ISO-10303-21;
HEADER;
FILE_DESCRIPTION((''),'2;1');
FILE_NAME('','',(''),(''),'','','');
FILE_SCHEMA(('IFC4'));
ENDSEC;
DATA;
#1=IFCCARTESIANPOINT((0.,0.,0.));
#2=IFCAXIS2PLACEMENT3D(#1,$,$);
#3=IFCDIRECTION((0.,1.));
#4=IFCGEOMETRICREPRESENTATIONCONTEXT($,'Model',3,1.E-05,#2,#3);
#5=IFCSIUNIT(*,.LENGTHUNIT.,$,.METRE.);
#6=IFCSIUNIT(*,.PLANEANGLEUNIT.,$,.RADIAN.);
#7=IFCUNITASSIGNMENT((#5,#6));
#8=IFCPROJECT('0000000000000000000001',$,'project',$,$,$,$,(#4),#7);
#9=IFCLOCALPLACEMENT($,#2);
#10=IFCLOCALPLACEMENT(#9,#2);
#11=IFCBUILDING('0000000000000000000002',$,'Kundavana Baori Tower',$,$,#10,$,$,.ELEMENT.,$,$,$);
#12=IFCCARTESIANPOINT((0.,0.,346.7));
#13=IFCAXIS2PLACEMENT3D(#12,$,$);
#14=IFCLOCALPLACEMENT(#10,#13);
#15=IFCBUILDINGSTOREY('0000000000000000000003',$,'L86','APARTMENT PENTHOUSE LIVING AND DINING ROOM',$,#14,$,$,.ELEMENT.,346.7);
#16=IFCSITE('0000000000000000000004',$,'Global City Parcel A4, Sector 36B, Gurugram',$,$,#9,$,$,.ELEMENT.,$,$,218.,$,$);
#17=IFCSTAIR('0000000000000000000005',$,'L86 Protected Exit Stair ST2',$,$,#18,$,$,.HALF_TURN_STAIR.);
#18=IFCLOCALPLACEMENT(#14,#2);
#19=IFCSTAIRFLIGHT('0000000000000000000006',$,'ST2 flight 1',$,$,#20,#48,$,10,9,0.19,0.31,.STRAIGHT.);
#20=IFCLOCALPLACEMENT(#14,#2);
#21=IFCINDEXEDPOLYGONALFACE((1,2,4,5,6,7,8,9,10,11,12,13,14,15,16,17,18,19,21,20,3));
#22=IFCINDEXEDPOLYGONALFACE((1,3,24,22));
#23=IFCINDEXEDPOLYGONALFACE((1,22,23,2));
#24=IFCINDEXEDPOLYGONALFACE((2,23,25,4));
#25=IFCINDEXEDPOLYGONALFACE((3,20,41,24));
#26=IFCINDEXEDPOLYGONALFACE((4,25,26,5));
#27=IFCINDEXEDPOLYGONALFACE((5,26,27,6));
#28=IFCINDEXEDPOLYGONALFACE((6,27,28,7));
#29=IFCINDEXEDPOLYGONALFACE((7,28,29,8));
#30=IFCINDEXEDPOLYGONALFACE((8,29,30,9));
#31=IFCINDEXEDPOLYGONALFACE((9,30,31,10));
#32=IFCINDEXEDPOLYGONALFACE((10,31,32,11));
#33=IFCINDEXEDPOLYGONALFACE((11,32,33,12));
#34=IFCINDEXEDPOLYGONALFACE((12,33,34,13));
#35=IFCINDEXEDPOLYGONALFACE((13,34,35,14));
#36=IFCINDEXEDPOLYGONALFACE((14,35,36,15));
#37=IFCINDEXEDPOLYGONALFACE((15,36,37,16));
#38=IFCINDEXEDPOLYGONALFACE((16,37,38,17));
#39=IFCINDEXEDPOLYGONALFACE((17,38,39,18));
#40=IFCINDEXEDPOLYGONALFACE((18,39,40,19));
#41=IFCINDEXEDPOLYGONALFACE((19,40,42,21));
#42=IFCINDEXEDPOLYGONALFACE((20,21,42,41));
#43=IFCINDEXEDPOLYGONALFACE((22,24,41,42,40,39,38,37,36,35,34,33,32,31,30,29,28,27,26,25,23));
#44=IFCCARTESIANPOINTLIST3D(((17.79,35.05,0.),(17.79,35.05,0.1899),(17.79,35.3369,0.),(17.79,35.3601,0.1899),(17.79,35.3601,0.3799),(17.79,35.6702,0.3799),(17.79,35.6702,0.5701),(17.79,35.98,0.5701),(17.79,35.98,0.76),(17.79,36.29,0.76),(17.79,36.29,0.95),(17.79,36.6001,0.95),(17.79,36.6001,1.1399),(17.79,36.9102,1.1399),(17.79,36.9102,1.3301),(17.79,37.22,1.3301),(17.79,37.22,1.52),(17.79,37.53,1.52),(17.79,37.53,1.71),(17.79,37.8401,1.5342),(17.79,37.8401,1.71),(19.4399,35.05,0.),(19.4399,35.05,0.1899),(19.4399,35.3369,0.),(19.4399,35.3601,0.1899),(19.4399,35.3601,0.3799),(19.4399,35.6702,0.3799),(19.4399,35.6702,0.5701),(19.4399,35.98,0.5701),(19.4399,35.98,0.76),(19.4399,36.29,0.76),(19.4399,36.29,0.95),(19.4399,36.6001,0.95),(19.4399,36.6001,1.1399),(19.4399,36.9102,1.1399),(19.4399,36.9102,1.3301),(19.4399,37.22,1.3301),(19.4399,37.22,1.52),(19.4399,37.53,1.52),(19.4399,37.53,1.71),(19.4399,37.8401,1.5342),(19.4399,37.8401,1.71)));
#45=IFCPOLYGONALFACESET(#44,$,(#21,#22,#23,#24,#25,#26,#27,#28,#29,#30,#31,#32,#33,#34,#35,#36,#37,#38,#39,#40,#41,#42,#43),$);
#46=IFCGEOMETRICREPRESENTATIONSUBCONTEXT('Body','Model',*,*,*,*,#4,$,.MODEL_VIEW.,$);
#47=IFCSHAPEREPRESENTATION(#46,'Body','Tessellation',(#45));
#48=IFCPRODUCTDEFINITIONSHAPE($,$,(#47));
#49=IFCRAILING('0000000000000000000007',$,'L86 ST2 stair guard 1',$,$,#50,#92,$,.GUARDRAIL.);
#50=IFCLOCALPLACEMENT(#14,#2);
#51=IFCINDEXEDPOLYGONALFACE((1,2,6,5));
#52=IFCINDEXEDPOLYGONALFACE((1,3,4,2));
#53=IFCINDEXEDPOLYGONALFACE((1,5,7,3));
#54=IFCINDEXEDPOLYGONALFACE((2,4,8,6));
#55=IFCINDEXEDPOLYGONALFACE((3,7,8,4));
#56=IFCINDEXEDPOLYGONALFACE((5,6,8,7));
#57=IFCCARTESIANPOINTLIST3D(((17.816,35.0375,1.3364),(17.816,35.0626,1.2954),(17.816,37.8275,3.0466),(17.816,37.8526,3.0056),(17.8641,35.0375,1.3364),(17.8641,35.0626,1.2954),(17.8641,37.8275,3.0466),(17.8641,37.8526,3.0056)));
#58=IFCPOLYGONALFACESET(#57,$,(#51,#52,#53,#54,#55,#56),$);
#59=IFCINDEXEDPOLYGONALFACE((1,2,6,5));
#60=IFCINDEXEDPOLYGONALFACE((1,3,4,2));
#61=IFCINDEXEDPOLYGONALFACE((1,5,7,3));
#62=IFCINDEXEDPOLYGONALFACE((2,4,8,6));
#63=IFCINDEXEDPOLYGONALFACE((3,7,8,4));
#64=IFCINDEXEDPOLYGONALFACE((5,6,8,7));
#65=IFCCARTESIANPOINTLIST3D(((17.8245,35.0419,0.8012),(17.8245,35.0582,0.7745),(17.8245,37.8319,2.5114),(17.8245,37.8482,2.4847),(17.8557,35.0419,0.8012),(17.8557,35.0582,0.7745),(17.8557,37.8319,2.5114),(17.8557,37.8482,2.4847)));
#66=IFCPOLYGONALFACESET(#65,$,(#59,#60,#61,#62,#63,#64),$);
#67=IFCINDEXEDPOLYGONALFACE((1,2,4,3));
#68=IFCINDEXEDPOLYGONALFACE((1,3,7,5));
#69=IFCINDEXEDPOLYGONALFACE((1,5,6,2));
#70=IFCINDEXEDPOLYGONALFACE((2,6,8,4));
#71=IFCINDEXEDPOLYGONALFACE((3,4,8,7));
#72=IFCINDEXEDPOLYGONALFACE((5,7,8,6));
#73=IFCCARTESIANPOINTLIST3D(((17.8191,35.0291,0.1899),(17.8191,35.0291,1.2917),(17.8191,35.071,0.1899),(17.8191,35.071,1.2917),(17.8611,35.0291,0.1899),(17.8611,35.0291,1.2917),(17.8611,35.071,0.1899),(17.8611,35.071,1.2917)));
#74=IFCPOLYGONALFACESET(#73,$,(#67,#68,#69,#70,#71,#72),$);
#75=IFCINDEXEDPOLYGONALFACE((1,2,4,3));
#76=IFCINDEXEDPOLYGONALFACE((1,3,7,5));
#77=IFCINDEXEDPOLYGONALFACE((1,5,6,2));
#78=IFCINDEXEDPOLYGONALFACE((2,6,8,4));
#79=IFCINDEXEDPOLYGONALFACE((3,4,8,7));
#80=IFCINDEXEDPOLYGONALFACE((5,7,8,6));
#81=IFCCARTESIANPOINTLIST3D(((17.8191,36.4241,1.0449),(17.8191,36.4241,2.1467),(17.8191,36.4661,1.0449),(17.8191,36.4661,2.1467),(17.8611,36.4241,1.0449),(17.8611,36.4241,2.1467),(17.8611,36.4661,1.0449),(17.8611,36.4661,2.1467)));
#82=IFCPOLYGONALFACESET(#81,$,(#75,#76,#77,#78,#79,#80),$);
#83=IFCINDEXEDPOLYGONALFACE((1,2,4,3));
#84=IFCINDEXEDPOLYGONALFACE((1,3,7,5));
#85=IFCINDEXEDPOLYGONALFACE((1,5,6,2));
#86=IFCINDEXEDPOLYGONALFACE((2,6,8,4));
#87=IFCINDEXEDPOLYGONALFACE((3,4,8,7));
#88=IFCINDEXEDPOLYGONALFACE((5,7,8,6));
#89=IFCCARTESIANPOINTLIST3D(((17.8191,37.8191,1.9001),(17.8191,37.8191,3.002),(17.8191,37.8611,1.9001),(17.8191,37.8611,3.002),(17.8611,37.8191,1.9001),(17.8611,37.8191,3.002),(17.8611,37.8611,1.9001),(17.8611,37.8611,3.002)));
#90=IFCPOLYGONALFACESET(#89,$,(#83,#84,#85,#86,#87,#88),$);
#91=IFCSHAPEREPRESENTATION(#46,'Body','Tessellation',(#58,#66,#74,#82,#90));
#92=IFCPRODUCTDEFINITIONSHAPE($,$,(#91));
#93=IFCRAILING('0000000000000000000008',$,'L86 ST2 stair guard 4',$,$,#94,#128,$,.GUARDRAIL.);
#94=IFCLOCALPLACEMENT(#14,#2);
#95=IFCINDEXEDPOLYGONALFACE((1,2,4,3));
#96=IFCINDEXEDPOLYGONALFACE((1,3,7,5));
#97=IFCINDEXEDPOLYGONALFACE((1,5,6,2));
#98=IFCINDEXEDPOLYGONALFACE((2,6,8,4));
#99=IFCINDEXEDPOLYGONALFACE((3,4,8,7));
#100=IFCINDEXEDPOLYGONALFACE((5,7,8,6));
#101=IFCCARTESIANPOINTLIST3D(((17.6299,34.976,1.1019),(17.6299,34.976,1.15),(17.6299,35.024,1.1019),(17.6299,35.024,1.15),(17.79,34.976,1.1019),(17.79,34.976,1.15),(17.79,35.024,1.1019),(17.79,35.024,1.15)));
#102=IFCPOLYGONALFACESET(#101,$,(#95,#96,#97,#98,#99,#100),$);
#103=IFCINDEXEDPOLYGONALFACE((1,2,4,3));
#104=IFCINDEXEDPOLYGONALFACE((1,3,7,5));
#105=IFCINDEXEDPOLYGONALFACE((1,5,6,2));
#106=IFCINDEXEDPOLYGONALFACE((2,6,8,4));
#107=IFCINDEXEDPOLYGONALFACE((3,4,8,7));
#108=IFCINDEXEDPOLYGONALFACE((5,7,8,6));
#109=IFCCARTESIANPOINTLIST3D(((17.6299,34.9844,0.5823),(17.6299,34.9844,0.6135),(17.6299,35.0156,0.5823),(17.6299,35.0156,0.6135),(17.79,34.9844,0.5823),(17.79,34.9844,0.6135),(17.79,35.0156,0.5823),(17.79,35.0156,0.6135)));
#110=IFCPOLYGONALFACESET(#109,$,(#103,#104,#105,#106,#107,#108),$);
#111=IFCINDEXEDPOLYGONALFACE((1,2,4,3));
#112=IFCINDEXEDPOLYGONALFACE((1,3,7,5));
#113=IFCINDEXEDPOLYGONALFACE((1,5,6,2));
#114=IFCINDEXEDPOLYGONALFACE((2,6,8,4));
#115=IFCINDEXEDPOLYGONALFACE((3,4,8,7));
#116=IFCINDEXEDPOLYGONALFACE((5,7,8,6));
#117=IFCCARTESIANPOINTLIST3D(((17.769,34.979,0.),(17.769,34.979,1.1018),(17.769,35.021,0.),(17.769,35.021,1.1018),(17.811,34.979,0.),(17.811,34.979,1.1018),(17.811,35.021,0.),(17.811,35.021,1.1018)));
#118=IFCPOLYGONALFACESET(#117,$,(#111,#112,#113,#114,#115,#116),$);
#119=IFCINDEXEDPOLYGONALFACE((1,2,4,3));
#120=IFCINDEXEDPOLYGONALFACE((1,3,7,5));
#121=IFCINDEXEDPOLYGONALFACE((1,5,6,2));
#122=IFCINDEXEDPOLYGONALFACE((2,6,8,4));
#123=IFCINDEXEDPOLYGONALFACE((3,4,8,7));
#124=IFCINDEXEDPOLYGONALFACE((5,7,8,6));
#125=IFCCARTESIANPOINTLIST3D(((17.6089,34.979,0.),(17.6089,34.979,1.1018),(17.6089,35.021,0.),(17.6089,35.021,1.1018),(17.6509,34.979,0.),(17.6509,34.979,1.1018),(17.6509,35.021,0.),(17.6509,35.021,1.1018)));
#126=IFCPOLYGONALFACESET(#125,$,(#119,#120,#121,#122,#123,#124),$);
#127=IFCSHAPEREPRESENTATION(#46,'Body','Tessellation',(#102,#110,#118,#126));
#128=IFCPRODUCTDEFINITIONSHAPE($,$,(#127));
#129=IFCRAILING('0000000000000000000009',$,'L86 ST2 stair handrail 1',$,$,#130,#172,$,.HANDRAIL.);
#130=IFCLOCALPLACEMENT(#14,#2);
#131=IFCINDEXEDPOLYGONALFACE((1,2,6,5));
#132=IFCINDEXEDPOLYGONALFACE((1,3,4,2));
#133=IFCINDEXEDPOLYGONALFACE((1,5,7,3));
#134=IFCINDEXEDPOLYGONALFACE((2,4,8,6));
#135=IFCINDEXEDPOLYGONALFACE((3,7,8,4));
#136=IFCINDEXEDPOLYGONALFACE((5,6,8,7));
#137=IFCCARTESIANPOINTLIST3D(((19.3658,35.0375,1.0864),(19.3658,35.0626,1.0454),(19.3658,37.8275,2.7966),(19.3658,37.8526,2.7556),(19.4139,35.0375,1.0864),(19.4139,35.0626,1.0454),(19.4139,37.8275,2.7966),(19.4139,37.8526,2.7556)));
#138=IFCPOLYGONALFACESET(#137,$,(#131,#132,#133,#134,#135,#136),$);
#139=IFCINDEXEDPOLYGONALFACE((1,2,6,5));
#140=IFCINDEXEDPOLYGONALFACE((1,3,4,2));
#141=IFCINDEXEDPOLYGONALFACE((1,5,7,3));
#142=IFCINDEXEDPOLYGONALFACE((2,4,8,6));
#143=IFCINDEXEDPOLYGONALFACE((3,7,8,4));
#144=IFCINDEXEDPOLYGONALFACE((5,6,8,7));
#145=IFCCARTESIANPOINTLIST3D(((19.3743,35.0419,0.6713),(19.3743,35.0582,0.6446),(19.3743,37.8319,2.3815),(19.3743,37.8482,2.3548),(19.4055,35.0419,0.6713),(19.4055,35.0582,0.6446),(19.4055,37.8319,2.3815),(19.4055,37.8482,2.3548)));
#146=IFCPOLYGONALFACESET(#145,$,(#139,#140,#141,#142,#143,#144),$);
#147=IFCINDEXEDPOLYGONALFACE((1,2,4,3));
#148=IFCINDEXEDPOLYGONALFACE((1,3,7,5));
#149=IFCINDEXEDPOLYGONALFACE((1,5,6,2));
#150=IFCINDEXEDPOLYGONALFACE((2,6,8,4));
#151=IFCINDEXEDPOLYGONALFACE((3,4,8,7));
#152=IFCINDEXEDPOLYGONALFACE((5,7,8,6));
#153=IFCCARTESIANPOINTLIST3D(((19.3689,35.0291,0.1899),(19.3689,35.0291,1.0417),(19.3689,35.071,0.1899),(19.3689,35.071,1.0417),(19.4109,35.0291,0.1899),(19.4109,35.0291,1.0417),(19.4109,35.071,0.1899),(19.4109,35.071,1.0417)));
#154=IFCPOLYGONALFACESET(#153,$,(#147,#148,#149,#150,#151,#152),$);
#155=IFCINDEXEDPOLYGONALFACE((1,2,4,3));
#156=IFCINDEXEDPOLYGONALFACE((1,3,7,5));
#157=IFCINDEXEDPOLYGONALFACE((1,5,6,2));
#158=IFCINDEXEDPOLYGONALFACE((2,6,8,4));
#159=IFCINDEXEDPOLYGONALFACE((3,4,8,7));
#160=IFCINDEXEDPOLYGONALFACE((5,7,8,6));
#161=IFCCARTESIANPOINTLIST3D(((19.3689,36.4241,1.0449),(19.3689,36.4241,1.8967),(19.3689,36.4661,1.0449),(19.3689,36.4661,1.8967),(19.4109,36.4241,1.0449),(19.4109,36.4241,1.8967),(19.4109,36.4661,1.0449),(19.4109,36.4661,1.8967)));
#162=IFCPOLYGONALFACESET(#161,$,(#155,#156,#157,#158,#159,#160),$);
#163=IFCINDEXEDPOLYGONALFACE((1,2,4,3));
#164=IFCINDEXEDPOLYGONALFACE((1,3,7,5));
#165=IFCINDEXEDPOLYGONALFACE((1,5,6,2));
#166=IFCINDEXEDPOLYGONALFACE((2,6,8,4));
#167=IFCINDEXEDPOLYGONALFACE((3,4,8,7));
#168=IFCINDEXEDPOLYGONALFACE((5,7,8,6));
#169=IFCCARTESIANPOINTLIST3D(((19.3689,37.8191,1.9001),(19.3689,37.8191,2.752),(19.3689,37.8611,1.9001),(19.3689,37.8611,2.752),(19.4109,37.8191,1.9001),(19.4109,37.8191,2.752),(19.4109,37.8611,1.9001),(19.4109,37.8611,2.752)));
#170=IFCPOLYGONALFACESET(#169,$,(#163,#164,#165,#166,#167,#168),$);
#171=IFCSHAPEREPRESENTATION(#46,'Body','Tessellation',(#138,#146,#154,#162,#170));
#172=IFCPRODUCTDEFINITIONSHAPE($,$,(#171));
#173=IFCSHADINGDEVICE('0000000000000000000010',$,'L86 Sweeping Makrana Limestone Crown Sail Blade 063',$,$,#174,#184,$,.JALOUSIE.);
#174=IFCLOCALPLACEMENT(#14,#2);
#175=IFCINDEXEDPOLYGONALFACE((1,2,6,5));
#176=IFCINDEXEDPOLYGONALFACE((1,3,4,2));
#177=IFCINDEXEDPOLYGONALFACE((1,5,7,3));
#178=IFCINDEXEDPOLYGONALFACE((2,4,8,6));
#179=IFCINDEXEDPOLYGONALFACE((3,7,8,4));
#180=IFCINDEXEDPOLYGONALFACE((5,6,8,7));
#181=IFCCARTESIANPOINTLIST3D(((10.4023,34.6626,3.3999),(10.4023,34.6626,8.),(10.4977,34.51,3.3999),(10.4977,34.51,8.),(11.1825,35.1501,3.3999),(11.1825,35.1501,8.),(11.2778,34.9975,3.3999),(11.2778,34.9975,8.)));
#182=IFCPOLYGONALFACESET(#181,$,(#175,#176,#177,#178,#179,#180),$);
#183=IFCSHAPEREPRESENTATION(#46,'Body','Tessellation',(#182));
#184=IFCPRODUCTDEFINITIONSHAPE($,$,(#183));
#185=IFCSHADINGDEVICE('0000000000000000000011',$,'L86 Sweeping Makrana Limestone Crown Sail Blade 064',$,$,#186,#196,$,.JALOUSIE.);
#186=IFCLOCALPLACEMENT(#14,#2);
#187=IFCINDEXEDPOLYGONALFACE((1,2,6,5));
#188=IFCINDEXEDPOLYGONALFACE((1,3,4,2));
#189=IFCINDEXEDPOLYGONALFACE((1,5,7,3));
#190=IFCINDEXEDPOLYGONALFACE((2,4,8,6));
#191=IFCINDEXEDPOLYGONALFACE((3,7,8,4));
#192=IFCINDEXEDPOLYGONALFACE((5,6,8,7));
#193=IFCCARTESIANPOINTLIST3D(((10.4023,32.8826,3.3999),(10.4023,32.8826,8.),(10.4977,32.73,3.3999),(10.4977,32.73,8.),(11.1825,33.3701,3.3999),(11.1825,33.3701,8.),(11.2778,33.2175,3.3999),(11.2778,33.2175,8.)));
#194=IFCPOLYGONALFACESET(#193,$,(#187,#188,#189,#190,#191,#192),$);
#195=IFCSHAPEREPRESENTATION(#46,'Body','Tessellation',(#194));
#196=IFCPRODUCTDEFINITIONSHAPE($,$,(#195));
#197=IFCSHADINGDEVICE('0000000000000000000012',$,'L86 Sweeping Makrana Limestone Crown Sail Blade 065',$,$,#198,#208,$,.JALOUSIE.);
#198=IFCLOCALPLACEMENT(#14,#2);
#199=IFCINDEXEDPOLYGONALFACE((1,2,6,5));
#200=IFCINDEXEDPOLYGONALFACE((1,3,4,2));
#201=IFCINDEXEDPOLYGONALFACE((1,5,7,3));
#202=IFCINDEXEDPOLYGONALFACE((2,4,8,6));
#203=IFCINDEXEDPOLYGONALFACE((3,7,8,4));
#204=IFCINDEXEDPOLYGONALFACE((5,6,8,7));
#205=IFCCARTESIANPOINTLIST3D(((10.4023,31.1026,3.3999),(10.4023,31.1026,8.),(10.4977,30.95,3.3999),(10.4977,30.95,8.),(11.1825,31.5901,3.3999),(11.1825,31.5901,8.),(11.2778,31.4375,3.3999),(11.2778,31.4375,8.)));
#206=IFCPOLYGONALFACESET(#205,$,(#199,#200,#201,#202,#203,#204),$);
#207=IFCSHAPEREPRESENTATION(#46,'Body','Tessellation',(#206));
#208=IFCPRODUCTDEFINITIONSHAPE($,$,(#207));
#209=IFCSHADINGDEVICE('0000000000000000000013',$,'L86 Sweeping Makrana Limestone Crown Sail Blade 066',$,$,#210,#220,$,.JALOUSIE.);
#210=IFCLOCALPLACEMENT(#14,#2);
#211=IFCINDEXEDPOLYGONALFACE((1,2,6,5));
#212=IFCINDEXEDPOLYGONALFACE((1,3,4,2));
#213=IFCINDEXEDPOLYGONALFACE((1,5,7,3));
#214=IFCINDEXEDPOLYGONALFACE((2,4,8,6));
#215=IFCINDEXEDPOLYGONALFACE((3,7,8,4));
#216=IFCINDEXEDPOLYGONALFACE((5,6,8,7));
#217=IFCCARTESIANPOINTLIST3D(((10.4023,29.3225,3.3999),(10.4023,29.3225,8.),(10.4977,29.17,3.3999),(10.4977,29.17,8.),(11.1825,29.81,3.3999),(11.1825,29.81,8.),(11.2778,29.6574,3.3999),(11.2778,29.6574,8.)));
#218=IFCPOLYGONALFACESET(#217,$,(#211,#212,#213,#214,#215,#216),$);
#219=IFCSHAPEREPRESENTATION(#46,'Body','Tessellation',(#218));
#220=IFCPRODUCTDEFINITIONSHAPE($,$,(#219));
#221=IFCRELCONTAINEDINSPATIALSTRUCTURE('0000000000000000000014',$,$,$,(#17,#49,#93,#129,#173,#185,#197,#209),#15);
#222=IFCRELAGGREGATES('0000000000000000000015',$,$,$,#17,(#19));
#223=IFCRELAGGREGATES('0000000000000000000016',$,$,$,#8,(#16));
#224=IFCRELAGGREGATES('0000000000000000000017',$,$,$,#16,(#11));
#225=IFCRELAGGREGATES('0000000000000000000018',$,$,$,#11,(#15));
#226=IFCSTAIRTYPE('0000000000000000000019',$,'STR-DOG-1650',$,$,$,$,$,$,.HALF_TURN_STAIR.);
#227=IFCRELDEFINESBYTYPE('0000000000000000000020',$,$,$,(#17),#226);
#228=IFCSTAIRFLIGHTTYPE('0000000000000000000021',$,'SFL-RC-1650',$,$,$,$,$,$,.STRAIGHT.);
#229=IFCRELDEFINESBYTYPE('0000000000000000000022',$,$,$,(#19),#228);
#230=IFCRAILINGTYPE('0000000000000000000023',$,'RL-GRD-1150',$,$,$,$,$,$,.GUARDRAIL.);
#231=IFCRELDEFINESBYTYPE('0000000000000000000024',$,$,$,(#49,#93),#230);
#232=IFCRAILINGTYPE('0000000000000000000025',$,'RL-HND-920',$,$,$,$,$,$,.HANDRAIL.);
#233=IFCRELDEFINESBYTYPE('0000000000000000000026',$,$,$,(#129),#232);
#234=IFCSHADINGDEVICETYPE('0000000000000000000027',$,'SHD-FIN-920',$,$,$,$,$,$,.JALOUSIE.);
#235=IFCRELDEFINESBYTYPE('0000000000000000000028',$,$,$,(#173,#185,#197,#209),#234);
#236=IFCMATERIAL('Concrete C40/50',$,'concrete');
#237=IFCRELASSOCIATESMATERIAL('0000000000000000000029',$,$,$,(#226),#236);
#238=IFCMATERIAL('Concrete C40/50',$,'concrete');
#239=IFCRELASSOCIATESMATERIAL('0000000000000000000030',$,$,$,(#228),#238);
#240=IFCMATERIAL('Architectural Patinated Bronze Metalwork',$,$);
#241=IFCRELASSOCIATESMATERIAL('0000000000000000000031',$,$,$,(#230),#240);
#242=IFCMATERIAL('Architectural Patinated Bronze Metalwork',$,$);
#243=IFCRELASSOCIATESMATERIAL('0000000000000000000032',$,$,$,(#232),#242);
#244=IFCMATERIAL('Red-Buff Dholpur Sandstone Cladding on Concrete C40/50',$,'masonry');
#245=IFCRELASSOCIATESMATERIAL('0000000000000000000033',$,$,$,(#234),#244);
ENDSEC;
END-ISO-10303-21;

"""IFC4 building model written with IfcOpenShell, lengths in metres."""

from ifc_helpers import new_model, si_unit, direction, frame, origin, origin_2d, place, context, subcontext, project, spatial, polyline, rectangle, outline, extrude, material, type_object, element, aggregate, save


model = new_model("IFC4")

# Units and contexts
model_context = context("Model", 3, precision=1e-05, world=origin(), true_north=direction((0.0, 1.0)))
body_context = subcontext(model_context, "Body", "Model", "MODEL_VIEW")
ifc_project = project(units=[si_unit("LENGTHUNIT", "METRE"), si_unit("PLANEANGLEUNIT", "RADIAN")], contexts=[model_context])

# Site, building, storey
site_placement = place(None, origin())
site = spatial("IfcSite", under=ifc_project, at=site_placement, Name="Global City Parcel A4, Sector 36B, Gurugram", CompositionType="ELEMENT", RefElevation=218.0)
building_placement = place(site_placement, origin())
building = spatial("IfcBuilding", under=site, at=building_placement, Name="Kundavana Baori Tower", CompositionType="ELEMENT")
storey_placement = place(building_placement, frame((0.0, 0.0, 346.7)))
storey = spatial("IfcBuildingStorey", under=building, at=storey_placement, Name="L86", Description="APARTMENT PENTHOUSE LIVING AND DINING ROOM", CompositionType="ELEMENT", Elevation=346.7)

# Stair, stair flight
ifc_material_1 = material(Name="Concrete C40/50", Category="concrete")
stair_type = type_object("IfcStairType", Name="STR-DOG-1650", PredefinedType="HALF_TURN_STAIR", material=ifc_material_1)
stair_placement = place(storey_placement, origin())
stair = element("IfcStair", 1, at=stair_placement, inside=storey, type_object=stair_type, Name="L86 Protected Exit Stair ST2", PredefinedType="HALF_TURN_STAIR")
ifc_material_2 = material(Name="Concrete C40/50", Category="concrete")
stair_flight_type = type_object("IfcStairFlightType", Name="SFL-RC-1650", PredefinedType="STRAIGHT", material=ifc_material_2)
stair_flight_placement = place(storey_placement, frame((18.615, 35.05, 0.0), z_axis=(0.0, 0.0, 1.0), x_axis=(0.0, 1.0, 0.0)))
stair_flight = element("IfcStairFlight", 2, at=stair_flight_placement, type_object=stair_flight_type, Name="ST2 flight 1", NumberOfRisers=10, NumberOfTreads=9, PredefinedType="STRAIGHT", RiserHeight=0.19, TreadLength=0.31, context=body_context, shape_type="SweptSolid", body=[
    extrude(outline(polyline([(0.0, 0.0), (0.0, 0.1899), (0.3101, 0.1899), (0.3101, 0.3799), (0.6201, 0.3799), (0.6201, 0.5701), (0.9299, 0.5701), (0.9299, 0.76), (1.24, 0.76), (1.24, 0.95), (1.55, 0.95), (1.55, 1.1399), (1.8601, 1.1399), (1.8601, 1.3301), (2.1699, 1.3301), (2.1699, 1.52), (2.48, 1.52), (2.48, 1.71), (2.79, 1.71), (2.79, 1.8999), (2.79, 1.5342), (0.2869, 0.0), (0.0, 0.0)])), frame((0.0, 0.825, 0.0), z_axis=(0.0, -1.0, 0.0), x_axis=(1.0, 0.0, 0.0)), (0.0, 0.0, 1.0), 1.6499),
])
aggregate(stair, [stair_flight])

# Railings
ifc_material_3 = material(Name="Architectural Patinated Bronze Metalwork")
railing_type_1 = type_object("IfcRailingType", Name="RL-GRD-1150", PredefinedType="GUARDRAIL", material=ifc_material_3)
railing_1_placement = place(storey_placement, frame((17.8401, 35.05, 0.1899)))
element("IfcRailing", 3, at=railing_1_placement, inside=storey, type_object=railing_type_1, Name="L86 ST2 stair guard 1", PredefinedType="GUARDRAIL", context=body_context, shape_type="SweptSolid", body=[
    extrude(rectangle(XDim=0.0481, YDim=0.0481, at=origin_2d()), frame((0.0, 0.0, 1.126), z_axis=(0.0, 0.852577, 0.522602), x_axis=(-1.0, 0.0, 0.0)), (0.0, 0.0, 1.0), 3.2725),
    extrude(rectangle(XDim=0.0312, YDim=0.0312, at=origin_2d()), frame((0.0, 0.0, 0.5979), z_axis=(0.0, 0.852577, 0.522602), x_axis=(-1.0, 0.0, 0.0)), (0.0, 0.0, 1.0), 3.2725),
    extrude(rectangle(XDim=0.042, YDim=0.042, at=origin_2d()), origin(), (0.0, 0.0, 1.0), 1.1018),
    extrude(rectangle(XDim=0.042, YDim=0.042, at=origin_2d()), frame((0.0, 1.395, 0.855)), (0.0, 0.0, 1.0), 1.1018),
    extrude(rectangle(XDim=0.042, YDim=0.042, at=origin_2d()), frame((0.0, 2.79, 1.7102)), (0.0, 0.0, 1.0), 1.1018),
])
railing_2_placement = place(storey_placement, frame((17.79, 35.0, 0.0)))
element("IfcRailing", 4, at=railing_2_placement, inside=storey, type_object=railing_type_1, Name="L86 ST2 stair guard 4", PredefinedType="GUARDRAIL", context=body_context, shape_type="SweptSolid", body=[
    extrude(rectangle(XDim=0.0481, YDim=0.0481, at=origin_2d()), frame((0.0, 0.0, 1.126), z_axis=(-1.0, 0.0, 0.0), x_axis=(0.0, -1.0, 0.0)), (0.0, 0.0, 1.0), 0.1602),
    extrude(rectangle(XDim=0.0312, YDim=0.0312, at=origin_2d()), frame((0.0, 0.0, 0.5979), z_axis=(-1.0, 0.0, 0.0), x_axis=(0.0, -1.0, 0.0)), (0.0, 0.0, 1.0), 0.1602),
    extrude(rectangle(XDim=0.042, YDim=0.042, at=origin_2d()), origin(), (0.0, 0.0, 1.0), 1.1018),
    extrude(rectangle(XDim=0.042, YDim=0.042, at=origin_2d()), frame((-0.1602, 0.0, 0.0)), (0.0, 0.0, 1.0), 1.1018),
])
ifc_material_4 = material(Name="Architectural Patinated Bronze Metalwork")
railing_type_2 = type_object("IfcRailingType", Name="RL-HND-920", PredefinedType="HANDRAIL", material=ifc_material_4)
railing_3_placement = place(storey_placement, frame((19.3899, 35.05, 0.1899)))
element("IfcRailing", 5, at=railing_3_placement, inside=storey, type_object=railing_type_2, Name="L86 ST2 stair handrail 1", PredefinedType="HANDRAIL", context=body_context, shape_type="SweptSolid", body=[
    extrude(rectangle(XDim=0.0481, YDim=0.0481, at=origin_2d()), frame((0.0, 0.0, 0.876), z_axis=(0.0, 0.852577, 0.522602), x_axis=(-1.0, 0.0, 0.0)), (0.0, 0.0, 1.0), 3.2725),
    extrude(rectangle(XDim=0.0312, YDim=0.0312, at=origin_2d()), frame((0.0, 0.0, 0.468), z_axis=(0.0, 0.852577, 0.522602), x_axis=(-1.0, 0.0, 0.0)), (0.0, 0.0, 1.0), 3.2725),
    extrude(rectangle(XDim=0.042, YDim=0.042, at=origin_2d()), origin(), (0.0, 0.0, 1.0), 0.8518),
    extrude(rectangle(XDim=0.042, YDim=0.042, at=origin_2d()), frame((0.0, 1.395, 0.855)), (0.0, 0.0, 1.0), 0.8518),
    extrude(rectangle(XDim=0.042, YDim=0.042, at=origin_2d()), frame((0.0, 2.79, 1.7102)), (0.0, 0.0, 1.0), 0.8518),
])

# Shading devices
ifc_material_5 = material(Name="Red-Buff Dholpur Sandstone Cladding on Concrete C40/50", Category="masonry")
shading_device_type = type_object("IfcShadingDeviceType", Name="SHD-FIN-920", PredefinedType="JALOUSIE", material=ifc_material_5)
for number, where, z_axis, x_axis, name in (
    (6, (10.8401, 34.8301, 3.3999), (0.0, 0.0, 1.0), (-0.529919, 0.848048, 0.0), "L86 Sweeping Makrana Limestone Crown Sail Blade 063"),
    (7, (10.8401, 33.05, 3.3999), (0.0, 0.0, 1.0), (-0.529919, 0.848048, 0.0), "L86 Sweeping Makrana Limestone Crown Sail Blade 064"),
    (8, (10.8401, 31.27, 3.3999), (0.0, 0.0, 1.0), (-0.529919, 0.848048, 0.0), "L86 Sweeping Makrana Limestone Crown Sail Blade 065"),
    (9, (10.8401, 29.49, 3.3999), (0.0, 0.0, 1.0), (-0.529919, 0.848048, 0.0), "L86 Sweeping Makrana Limestone Crown Sail Blade 066"),
):
    element("IfcShadingDevice", number, at=place(storey_placement, frame(where, z_axis=z_axis, x_axis=x_axis)), inside=storey, type_object=shading_device_type, Name=name, PredefinedType="JALOUSIE", context=body_context, shape_type="SweptSolid", body=[
        extrude(rectangle(XDim=0.1799, YDim=0.9199, at=origin_2d()), origin(), (0.0, 0.0, 1.0), 4.6001),
    ])

save(model, "model.ifc")
